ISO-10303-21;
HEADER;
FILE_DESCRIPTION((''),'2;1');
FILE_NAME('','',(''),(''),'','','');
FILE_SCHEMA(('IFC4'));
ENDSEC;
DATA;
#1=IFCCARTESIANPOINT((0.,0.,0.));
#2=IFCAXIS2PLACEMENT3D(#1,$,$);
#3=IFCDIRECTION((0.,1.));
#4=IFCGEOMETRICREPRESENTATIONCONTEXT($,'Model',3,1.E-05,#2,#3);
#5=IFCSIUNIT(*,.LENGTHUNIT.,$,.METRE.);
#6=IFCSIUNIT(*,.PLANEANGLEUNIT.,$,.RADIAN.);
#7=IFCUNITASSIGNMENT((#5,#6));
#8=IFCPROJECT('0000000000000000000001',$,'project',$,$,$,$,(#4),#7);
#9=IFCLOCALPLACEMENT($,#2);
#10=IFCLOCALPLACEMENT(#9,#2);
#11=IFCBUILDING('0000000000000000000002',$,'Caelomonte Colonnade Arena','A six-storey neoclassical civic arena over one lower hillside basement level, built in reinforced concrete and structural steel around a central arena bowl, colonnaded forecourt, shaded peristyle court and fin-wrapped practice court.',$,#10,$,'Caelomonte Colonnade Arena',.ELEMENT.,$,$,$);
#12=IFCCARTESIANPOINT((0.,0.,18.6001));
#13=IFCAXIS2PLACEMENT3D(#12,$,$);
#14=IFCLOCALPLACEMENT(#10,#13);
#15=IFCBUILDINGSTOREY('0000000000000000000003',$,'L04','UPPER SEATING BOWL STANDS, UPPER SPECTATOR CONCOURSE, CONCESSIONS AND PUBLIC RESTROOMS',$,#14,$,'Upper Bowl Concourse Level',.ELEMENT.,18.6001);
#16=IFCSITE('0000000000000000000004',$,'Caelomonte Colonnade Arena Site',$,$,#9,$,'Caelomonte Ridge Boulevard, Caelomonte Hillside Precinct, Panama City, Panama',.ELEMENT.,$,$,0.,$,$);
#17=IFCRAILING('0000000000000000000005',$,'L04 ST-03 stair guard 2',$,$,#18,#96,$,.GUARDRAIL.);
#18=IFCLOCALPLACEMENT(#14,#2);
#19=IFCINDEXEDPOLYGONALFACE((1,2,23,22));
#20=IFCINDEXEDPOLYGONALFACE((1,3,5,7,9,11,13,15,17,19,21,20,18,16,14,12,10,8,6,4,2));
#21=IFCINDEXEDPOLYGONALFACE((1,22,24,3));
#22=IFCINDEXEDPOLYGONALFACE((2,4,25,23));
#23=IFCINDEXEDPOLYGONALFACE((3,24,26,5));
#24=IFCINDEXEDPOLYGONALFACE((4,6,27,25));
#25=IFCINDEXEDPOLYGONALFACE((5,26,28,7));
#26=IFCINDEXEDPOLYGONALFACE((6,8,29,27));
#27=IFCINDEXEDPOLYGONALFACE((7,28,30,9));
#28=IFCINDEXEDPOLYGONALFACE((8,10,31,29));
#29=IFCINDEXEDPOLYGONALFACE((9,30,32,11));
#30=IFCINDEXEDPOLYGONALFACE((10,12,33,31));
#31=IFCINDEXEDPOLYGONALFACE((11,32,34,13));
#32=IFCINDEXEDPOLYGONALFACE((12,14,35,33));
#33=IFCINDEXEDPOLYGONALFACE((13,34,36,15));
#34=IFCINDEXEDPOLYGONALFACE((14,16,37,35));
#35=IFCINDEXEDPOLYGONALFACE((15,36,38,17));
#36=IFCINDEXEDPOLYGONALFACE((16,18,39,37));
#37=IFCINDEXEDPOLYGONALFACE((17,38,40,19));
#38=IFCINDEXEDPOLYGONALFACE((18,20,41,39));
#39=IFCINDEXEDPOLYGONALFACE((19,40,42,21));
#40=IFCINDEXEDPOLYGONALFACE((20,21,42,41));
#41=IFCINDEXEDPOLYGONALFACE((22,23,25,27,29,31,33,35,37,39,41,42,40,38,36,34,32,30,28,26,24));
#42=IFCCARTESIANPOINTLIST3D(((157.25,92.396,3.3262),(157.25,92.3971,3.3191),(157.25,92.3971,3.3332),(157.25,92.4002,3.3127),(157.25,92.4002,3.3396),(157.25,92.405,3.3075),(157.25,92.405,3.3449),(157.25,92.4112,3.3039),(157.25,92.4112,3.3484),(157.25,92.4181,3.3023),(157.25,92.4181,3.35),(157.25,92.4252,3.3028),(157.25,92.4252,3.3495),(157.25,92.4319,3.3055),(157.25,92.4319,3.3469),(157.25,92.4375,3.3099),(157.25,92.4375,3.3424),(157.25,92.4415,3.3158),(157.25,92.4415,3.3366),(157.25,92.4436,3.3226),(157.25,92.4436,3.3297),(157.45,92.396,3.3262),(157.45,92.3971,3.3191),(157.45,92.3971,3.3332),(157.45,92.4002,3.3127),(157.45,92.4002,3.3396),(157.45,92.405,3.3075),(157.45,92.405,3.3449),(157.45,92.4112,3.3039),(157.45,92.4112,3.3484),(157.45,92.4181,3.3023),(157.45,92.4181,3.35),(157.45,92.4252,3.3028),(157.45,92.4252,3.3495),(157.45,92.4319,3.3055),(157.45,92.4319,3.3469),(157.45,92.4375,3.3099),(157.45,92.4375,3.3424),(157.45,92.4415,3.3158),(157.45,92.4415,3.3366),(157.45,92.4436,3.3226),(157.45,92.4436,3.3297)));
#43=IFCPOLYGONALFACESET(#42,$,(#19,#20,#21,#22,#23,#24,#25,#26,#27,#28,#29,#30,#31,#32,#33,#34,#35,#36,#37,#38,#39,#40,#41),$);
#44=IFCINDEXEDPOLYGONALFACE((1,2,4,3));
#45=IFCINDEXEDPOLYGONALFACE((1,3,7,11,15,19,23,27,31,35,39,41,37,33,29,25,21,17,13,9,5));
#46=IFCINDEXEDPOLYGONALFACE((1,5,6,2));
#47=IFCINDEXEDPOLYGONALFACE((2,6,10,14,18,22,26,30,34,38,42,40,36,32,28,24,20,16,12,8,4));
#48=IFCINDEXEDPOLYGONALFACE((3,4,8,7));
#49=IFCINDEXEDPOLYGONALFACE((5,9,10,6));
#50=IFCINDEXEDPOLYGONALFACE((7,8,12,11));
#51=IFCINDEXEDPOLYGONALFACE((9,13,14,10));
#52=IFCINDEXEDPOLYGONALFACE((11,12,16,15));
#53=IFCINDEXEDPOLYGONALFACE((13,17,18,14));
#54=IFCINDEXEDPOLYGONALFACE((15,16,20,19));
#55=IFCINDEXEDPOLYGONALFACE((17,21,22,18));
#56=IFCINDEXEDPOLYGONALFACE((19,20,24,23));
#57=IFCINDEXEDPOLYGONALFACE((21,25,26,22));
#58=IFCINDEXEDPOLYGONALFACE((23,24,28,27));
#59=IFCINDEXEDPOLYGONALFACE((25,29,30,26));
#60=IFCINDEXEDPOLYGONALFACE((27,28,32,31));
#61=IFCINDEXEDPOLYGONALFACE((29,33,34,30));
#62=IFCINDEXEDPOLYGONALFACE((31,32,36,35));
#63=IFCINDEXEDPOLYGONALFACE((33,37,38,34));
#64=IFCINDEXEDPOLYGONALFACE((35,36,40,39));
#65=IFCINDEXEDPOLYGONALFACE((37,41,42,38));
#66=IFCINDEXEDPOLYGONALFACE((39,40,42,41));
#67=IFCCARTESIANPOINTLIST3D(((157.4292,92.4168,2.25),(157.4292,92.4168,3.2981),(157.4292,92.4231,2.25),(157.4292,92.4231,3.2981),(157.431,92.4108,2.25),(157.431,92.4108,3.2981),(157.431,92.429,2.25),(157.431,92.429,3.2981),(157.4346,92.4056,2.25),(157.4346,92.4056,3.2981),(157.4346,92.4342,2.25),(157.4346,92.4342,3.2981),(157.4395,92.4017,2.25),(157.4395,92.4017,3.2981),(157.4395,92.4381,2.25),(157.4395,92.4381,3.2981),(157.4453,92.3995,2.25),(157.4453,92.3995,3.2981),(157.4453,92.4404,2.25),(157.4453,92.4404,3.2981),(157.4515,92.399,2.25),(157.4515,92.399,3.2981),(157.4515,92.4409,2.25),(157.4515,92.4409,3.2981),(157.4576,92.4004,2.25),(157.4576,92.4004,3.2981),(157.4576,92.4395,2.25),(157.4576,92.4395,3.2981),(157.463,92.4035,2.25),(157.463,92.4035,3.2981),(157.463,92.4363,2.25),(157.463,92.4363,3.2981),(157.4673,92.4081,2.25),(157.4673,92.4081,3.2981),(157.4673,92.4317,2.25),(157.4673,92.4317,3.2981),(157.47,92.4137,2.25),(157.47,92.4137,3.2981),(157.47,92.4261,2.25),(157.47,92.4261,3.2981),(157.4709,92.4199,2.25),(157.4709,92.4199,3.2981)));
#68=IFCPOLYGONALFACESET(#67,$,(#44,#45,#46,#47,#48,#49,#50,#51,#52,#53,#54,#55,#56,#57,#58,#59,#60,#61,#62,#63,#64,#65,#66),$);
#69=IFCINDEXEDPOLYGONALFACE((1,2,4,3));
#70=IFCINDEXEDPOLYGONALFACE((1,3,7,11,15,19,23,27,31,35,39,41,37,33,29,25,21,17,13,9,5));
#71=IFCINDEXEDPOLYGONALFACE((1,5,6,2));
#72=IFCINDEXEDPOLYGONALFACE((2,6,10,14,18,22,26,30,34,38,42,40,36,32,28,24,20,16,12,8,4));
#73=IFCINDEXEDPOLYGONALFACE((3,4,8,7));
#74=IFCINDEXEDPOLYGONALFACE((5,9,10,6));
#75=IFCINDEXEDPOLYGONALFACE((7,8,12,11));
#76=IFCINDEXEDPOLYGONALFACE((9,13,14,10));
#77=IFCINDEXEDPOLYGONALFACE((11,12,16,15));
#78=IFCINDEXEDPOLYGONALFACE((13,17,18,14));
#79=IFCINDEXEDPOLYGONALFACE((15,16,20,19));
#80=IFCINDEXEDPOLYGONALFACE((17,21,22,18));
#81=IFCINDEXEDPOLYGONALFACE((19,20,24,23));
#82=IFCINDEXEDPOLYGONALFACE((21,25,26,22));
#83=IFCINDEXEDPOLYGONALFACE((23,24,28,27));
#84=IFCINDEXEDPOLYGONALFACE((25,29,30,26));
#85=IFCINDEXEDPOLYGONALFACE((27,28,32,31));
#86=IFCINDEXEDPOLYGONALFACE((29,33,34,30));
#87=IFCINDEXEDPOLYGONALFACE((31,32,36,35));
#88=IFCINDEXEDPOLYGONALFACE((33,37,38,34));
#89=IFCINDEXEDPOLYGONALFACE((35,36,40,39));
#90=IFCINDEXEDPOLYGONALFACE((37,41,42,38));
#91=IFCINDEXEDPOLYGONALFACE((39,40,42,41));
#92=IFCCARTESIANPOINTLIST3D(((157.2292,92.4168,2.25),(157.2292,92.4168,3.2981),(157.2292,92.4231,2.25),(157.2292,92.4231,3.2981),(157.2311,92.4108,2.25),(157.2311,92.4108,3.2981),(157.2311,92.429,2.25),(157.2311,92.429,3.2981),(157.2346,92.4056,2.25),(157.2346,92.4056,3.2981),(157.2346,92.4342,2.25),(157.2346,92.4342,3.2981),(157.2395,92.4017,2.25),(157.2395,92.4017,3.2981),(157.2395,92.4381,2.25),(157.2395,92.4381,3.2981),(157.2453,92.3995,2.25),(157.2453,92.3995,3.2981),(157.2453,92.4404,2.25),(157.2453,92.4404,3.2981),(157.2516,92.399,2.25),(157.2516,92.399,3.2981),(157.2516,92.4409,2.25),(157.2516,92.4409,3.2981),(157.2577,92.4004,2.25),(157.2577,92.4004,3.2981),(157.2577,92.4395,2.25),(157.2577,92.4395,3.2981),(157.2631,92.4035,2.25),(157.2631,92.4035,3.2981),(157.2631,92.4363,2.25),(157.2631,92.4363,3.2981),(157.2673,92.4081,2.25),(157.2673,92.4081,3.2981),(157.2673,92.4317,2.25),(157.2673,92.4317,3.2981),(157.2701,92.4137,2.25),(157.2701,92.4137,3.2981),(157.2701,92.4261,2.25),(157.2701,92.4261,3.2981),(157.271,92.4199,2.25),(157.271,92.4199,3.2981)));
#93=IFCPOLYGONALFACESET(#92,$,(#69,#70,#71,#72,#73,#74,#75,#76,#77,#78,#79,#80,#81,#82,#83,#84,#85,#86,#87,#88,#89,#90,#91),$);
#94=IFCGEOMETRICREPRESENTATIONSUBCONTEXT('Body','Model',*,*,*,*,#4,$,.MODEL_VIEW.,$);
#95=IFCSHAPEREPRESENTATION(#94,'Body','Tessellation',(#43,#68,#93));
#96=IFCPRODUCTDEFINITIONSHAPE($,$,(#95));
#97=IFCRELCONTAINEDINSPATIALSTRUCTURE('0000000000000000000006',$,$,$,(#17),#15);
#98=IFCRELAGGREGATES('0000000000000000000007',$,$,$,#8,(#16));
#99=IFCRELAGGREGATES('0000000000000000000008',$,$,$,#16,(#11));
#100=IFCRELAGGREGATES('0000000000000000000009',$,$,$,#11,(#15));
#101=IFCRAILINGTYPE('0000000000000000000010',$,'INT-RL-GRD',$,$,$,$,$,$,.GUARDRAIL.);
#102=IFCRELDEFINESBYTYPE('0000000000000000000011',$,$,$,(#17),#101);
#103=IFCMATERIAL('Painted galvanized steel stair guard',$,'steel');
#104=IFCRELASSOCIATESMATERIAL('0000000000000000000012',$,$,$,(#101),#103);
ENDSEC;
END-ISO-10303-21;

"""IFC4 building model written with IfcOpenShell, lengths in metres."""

from ifc_helpers import new_model, si_unit, direction, frame, origin, origin_2d, place, context, subcontext, project, spatial, circle, extrude, material, type_object, element, save


model = new_model("IFC4")

# Units and contexts
model_context = context("Model", 3, precision=1e-05, world=origin(), true_north=direction((0.0, 1.0)))
body_context = subcontext(model_context, "Body", "Model", "MODEL_VIEW")
ifc_project = project(units=[si_unit("LENGTHUNIT", "METRE"), si_unit("PLANEANGLEUNIT", "RADIAN")], contexts=[model_context])

# Site, building, storey
site_placement = place(None, origin())
site = spatial("IfcSite", under=ifc_project, at=site_placement, Name="Caelomonte Colonnade Arena Site", LongName="Caelomonte Ridge Boulevard, Caelomonte Hillside Precinct, Panama City, Panama", CompositionType="ELEMENT", RefElevation=0.0)
building_placement = place(site_placement, origin())
building = spatial("IfcBuilding", under=site, at=building_placement, Name="Caelomonte Colonnade Arena", Description="A six-storey neoclassical civic arena over one lower hillside basement level, built in reinforced concrete and structural steel around a central arena bowl, colonnaded forecourt, shaded peristyle court and fin-wrapped practice court.", LongName="Caelomonte Colonnade Arena", CompositionType="ELEMENT")
storey_placement = place(building_placement, frame((0.0, 0.0, 18.6001)))
storey = spatial("IfcBuildingStorey", under=building, at=storey_placement, Name="L04", Description="UPPER SEATING BOWL STANDS, UPPER SPECTATOR CONCOURSE, CONCESSIONS AND PUBLIC RESTROOMS", LongName="Upper Bowl Concourse Level", CompositionType="ELEMENT", Elevation=18.6001)

# Railing
ifc_material_1 = material(Name="Painted galvanized steel stair guard", Category="steel")
railing_type_1 = type_object("IfcRailingType", Name="INT-RL-GRD", PredefinedType="GUARDRAIL", material=ifc_material_1)
railing_1_placement = place(storey_placement, frame((157.45, 92.4199, 2.25)))
element("IfcRailing", 1, at=railing_1_placement, inside=storey, type_object=railing_type_1, Name="L04 ST-03 stair guard 2", PredefinedType="GUARDRAIL", context=body_context, shape_type="SweptSolid", body=[
    extrude(circle(Radius=0.0239, at=origin_2d()), frame((0.0, 0.0, 1.0762), z_axis=(-1.0, 0.0, 0.0), x_axis=(0.0, -1.0, 0.0)), (0.0, 0.0, 1.0), 0.2),
    extrude(circle(Radius=0.021, at=origin_2d()), origin(), (0.0, 0.0, 1.0), 1.0481),
    extrude(circle(Radius=0.021, at=origin_2d()), frame((-0.2, 0.0, 0.0)), (0.0, 0.0, 1.0), 1.0481),
])

save(model, "model.ifc")
